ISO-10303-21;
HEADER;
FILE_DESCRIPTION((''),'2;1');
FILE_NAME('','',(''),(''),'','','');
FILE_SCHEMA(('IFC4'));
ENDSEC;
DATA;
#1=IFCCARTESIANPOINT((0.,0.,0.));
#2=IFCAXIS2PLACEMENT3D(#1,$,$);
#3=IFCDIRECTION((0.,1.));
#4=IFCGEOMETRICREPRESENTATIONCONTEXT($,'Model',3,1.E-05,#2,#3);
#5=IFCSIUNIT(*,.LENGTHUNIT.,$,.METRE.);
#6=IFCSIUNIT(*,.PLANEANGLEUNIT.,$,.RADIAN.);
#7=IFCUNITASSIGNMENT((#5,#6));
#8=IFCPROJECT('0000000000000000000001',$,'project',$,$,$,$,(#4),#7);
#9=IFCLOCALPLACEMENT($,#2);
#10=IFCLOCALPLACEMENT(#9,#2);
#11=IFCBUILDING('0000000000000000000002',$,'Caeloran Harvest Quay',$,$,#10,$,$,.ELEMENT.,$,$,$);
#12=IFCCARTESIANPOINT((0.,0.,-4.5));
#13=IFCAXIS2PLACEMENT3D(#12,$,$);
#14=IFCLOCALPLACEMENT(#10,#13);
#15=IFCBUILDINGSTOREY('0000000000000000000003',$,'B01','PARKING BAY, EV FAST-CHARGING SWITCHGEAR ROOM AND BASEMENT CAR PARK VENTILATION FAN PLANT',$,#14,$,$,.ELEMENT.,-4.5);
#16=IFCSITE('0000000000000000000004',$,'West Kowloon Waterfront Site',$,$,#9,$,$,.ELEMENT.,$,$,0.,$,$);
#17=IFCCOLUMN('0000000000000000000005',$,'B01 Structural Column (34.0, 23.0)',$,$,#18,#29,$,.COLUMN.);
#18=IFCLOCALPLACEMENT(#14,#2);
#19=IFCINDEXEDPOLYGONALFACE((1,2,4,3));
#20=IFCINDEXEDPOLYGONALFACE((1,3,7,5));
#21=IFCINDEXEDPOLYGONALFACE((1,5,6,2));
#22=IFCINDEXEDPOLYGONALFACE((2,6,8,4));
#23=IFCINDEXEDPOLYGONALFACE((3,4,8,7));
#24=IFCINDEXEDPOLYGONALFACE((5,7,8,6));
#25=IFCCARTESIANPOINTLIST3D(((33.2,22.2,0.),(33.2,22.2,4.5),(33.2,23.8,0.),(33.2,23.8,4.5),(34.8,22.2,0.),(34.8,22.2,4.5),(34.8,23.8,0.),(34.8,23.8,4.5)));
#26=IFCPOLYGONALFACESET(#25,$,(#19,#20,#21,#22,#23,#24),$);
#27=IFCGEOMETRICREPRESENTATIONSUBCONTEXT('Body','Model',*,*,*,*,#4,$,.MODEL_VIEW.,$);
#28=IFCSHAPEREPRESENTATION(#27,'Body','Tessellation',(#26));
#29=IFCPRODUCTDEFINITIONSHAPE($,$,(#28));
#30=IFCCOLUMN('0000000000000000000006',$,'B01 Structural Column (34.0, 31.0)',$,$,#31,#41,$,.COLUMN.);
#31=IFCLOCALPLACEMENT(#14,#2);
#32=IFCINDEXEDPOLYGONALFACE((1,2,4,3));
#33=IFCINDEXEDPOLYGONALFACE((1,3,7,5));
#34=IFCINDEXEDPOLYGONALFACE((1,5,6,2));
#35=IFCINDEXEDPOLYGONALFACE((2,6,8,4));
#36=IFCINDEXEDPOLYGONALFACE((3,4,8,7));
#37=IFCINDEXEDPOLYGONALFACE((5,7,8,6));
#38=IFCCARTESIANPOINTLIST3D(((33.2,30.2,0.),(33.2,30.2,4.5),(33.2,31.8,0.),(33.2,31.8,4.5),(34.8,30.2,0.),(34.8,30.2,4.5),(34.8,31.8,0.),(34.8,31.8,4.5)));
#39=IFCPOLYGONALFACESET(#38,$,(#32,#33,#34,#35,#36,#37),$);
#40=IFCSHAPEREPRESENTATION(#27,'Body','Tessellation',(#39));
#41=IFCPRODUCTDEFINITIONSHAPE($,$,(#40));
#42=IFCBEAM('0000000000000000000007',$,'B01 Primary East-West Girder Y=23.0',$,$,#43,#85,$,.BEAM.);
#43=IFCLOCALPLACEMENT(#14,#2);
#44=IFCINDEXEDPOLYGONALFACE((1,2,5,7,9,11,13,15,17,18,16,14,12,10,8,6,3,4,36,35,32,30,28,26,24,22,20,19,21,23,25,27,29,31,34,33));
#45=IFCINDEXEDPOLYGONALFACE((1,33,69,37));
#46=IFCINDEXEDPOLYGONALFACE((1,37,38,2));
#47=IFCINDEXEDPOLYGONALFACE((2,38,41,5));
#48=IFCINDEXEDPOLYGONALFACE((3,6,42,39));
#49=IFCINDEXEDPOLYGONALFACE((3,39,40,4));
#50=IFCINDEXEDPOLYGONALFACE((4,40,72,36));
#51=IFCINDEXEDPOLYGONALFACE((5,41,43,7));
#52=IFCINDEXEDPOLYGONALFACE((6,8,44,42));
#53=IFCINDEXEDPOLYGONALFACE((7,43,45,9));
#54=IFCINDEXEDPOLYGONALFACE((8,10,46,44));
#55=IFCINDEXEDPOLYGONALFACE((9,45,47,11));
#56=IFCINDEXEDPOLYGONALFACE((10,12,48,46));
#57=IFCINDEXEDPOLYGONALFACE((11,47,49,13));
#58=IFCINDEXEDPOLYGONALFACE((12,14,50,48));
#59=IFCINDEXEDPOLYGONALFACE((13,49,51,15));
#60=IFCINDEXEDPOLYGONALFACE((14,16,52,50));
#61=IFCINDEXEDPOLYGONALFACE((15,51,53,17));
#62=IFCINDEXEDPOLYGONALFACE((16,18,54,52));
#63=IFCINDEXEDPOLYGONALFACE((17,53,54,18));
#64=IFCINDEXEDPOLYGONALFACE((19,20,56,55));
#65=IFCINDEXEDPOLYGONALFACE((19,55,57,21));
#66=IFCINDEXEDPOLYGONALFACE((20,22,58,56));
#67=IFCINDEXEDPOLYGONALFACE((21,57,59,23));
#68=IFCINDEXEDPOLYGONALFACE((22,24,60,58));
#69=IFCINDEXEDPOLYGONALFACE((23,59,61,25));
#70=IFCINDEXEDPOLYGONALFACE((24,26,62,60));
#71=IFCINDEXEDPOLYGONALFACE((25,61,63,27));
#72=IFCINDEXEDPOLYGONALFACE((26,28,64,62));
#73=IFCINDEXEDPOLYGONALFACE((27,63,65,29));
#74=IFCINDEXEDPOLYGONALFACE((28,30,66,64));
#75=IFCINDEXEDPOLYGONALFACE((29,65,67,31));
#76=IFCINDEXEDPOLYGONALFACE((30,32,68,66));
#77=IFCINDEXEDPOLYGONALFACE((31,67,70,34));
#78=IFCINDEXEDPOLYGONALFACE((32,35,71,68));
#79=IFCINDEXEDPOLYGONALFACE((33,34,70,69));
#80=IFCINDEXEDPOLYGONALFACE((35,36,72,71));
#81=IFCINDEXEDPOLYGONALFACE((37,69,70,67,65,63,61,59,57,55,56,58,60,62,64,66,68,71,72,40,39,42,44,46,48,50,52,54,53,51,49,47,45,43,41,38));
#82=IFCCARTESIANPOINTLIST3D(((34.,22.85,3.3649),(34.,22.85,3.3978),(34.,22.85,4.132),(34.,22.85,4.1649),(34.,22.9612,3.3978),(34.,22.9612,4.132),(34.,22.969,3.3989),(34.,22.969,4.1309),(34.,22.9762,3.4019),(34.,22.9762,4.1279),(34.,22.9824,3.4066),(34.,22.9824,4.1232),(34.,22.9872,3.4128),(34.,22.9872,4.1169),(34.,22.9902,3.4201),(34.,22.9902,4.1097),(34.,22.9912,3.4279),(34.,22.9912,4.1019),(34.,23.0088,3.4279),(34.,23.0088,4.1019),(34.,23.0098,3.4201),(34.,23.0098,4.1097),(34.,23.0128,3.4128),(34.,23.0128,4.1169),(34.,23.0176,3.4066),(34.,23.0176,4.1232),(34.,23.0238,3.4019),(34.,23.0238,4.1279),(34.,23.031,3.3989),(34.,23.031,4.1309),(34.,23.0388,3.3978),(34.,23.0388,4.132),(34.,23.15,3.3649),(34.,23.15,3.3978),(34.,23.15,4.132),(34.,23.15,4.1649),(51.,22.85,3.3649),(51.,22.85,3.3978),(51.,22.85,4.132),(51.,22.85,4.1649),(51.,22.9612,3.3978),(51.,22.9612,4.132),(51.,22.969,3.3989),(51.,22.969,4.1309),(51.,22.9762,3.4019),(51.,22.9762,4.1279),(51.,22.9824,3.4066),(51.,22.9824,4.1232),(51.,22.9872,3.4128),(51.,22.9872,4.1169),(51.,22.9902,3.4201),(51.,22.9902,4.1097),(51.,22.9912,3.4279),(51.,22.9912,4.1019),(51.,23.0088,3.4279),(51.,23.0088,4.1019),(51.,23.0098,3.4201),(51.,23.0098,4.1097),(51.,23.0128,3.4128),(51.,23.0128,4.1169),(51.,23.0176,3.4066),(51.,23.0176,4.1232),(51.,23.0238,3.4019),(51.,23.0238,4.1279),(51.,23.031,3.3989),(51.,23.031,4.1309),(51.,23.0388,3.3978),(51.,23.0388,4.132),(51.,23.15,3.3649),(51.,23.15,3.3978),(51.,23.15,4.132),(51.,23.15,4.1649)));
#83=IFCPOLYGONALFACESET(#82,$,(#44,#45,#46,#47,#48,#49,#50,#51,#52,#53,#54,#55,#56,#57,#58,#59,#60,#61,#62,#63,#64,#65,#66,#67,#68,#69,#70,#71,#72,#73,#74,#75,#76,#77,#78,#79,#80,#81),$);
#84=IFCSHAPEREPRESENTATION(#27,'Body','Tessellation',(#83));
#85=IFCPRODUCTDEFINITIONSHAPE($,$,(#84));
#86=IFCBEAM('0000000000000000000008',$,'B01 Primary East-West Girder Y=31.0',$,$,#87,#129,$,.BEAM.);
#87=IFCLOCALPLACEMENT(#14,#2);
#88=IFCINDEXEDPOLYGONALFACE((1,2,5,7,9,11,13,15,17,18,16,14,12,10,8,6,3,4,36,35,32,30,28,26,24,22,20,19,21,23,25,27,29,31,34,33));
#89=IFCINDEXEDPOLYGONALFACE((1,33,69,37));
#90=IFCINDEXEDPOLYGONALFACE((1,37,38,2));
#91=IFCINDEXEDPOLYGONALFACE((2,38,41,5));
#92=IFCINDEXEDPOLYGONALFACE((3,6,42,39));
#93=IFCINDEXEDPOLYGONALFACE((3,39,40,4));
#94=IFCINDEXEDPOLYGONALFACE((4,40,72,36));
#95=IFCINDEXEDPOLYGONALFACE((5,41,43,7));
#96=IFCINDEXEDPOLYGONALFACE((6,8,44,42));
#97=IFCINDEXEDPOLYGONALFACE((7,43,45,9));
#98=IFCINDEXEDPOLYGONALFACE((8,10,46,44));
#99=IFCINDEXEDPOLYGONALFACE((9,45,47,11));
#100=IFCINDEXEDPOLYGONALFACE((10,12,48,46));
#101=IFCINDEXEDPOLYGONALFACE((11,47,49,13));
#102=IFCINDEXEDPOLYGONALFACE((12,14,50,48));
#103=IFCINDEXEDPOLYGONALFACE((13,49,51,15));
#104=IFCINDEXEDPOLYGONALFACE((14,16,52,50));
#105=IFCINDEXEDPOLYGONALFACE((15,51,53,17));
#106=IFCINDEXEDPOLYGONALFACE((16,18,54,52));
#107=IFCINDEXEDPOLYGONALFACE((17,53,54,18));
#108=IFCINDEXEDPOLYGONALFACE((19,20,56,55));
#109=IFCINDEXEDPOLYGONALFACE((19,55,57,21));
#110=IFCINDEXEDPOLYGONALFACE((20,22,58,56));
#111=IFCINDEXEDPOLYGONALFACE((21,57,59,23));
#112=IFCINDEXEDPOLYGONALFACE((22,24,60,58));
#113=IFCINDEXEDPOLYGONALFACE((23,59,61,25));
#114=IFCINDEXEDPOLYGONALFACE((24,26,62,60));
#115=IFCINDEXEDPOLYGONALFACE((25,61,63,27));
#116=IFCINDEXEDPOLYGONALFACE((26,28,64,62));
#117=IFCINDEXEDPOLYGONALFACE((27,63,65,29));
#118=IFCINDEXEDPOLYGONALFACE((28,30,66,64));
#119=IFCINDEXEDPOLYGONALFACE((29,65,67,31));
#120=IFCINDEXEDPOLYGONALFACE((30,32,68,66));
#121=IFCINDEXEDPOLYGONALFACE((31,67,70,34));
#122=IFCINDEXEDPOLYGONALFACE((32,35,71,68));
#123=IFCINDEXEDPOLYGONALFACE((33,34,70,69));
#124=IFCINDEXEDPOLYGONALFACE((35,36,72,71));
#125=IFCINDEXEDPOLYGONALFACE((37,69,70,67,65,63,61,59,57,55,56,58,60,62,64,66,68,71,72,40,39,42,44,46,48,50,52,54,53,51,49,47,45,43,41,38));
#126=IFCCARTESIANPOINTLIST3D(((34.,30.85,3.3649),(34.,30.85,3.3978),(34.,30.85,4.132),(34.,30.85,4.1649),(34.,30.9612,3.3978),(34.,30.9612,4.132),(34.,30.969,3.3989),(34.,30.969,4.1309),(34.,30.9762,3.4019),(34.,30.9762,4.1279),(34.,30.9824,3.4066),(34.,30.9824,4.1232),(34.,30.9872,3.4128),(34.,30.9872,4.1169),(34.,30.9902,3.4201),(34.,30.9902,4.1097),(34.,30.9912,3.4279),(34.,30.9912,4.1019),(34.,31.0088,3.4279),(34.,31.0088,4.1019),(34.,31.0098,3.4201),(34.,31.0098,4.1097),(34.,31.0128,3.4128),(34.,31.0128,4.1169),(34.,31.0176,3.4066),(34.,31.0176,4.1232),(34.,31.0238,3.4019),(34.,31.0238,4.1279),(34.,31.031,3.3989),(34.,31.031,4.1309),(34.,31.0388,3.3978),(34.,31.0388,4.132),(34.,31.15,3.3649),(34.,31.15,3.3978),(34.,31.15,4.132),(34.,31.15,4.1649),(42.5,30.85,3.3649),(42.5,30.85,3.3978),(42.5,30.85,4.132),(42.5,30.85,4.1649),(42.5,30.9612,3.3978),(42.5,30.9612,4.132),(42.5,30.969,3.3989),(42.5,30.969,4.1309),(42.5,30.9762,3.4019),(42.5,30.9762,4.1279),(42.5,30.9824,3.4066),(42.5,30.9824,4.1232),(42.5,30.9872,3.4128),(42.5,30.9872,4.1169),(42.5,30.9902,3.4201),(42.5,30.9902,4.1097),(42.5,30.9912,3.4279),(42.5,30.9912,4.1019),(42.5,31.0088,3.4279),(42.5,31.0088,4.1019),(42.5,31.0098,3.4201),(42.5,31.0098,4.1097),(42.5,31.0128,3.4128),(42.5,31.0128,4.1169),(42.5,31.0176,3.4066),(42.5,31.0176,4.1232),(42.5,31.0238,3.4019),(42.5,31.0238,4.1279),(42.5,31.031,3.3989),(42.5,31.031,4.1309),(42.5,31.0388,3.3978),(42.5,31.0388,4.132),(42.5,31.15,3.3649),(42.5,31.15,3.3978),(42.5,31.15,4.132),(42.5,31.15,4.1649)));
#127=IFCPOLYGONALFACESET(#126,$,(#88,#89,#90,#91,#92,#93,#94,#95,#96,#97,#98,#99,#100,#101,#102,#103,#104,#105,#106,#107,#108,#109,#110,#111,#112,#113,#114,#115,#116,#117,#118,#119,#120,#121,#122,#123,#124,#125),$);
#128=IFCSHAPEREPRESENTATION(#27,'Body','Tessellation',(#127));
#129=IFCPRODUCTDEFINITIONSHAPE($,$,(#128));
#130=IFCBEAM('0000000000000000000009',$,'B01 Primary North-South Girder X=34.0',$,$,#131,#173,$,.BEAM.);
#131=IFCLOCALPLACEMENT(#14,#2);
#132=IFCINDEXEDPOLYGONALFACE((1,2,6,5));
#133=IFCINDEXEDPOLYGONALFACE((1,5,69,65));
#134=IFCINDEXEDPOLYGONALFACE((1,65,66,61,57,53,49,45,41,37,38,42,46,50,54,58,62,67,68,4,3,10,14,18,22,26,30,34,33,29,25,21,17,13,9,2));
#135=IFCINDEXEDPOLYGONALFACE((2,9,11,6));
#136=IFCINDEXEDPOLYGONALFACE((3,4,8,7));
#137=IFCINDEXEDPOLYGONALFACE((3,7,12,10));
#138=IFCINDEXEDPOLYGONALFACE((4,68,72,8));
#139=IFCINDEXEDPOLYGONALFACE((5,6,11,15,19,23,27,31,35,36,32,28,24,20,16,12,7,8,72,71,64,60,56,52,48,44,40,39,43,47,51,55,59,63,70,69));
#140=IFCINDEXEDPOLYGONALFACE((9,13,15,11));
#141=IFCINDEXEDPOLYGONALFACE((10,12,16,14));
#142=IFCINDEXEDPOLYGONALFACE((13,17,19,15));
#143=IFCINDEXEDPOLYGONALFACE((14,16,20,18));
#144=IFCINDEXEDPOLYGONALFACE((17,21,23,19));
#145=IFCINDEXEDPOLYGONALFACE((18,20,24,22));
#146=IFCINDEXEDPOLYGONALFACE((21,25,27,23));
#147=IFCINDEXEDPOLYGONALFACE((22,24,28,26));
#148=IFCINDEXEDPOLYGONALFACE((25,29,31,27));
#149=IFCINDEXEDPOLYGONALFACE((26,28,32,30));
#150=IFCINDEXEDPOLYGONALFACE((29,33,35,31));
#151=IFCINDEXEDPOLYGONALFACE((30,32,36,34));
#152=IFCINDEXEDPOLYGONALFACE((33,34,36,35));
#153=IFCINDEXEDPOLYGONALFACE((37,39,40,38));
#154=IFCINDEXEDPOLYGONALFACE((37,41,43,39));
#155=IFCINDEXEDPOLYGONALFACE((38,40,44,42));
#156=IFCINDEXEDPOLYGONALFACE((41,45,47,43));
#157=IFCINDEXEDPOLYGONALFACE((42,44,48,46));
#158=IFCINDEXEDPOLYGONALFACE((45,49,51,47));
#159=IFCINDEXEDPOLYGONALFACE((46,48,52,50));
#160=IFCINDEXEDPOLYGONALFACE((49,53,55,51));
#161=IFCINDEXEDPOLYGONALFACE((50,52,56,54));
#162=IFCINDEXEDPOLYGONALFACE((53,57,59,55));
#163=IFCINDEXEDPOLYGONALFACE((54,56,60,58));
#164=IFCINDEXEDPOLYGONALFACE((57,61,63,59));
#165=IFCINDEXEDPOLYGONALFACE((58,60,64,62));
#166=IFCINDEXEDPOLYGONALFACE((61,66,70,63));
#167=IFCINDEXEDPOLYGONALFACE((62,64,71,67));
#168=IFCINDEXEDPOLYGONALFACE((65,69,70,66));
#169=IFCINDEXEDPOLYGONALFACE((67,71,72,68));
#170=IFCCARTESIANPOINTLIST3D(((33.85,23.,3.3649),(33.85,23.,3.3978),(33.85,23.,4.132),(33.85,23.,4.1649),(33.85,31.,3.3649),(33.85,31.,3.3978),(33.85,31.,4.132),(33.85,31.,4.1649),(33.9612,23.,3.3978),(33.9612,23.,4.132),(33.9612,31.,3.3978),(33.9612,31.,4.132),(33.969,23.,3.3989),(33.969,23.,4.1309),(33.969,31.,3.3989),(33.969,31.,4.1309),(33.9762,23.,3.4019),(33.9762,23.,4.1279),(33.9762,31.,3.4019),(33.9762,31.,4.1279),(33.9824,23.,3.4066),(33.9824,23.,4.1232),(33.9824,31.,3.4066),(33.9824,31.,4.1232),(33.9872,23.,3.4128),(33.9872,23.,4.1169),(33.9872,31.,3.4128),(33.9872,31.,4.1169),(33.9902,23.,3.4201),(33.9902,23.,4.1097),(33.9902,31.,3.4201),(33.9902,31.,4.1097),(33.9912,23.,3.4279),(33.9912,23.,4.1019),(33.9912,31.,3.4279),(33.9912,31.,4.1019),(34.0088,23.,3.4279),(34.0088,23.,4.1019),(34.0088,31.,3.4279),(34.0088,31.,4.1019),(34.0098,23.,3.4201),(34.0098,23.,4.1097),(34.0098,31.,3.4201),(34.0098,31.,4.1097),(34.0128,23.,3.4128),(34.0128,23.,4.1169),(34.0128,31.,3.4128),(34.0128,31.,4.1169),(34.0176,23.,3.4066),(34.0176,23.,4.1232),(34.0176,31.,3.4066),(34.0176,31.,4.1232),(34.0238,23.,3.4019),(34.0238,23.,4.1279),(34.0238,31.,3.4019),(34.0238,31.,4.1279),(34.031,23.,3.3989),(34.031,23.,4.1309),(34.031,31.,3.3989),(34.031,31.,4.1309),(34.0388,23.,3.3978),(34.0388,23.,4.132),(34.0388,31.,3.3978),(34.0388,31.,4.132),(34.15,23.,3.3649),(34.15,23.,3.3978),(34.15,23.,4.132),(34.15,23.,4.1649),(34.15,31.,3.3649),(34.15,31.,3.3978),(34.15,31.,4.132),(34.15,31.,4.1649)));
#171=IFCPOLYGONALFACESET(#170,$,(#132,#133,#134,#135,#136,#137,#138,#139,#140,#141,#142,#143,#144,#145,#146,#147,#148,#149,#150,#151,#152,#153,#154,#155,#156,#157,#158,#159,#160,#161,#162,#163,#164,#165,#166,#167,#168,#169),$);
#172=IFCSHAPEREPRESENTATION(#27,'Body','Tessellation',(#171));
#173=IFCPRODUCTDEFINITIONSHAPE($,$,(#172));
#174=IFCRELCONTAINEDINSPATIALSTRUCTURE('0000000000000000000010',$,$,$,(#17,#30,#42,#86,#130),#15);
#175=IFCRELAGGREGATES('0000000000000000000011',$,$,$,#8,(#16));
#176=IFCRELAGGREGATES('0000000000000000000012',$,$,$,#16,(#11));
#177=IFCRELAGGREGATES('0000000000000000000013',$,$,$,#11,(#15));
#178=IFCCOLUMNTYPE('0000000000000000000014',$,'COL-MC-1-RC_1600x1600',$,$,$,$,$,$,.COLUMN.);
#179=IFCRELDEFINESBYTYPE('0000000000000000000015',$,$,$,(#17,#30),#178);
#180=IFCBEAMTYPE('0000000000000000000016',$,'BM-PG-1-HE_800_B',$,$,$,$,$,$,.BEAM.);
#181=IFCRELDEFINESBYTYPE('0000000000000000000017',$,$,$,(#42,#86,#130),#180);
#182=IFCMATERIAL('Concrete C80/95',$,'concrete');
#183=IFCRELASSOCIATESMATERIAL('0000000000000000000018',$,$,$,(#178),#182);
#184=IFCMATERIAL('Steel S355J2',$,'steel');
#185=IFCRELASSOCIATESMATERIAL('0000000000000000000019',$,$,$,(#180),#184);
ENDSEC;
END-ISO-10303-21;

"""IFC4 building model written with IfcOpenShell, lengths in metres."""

from ifc_helpers import new_model, si_unit, direction, frame, origin, origin_2d, place, context, subcontext, project, spatial, rectangle, i_section, extrude, material, material_profile, profile_set, type_object, element, save


model = new_model("IFC4")

# Units and contexts
model_context = context("Model", 3, precision=1e-05, world=origin(), true_north=direction((0.0, 1.0)))
body_context = subcontext(model_context, "Body", "Model", "MODEL_VIEW")
ifc_project = project(units=[si_unit("LENGTHUNIT", "METRE"), si_unit("PLANEANGLEUNIT", "RADIAN")], contexts=[model_context])

# Site, building, storey
site_placement = place(None, origin())
site = spatial("IfcSite", under=ifc_project, at=site_placement, Name="West Kowloon Waterfront Site", CompositionType="ELEMENT", RefElevation=0.0)
building_placement = place(site_placement, origin())
building = spatial("IfcBuilding", under=site, at=building_placement, Name="Caeloran Harvest Quay", CompositionType="ELEMENT")
storey_placement = place(building_placement, frame((0.0, 0.0, -4.5)))
storey = spatial("IfcBuildingStorey", under=building, at=storey_placement, Name="B01", Description="PARKING BAY, EV FAST-CHARGING SWITCHGEAR ROOM AND BASEMENT CAR PARK VENTILATION FAN PLANT", CompositionType="ELEMENT", Elevation=-4.5)

# Columns
ifc_material_1 = material(Name="Concrete C80/95", Category="concrete")
ifc_material_profile_1 = material_profile(ifc_material_1, rectangle(XDim=1.6001, YDim=1.6001, at=origin_2d()), Name="RC 1600x1600")
ifc_profile_set_1 = profile_set([ifc_material_profile_1], Name="Concrete C80/95")
column_type = type_object("IfcColumnType", Name="COL-MC-1-RC_1600x1600", PredefinedType="COLUMN", material=ifc_profile_set_1)
for number, where, z_axis, x_axis, name in (
    (1, (34.0, 23.0, 0.0), (0.0, 0.0, 1.0), (1.0, 0.0, 0.0), "B01 Structural Column (34.0, 23.0)"),
    (2, (34.0, 31.0, 0.0), (0.0, 0.0, 1.0), (1.0, 0.0, 0.0), "B01 Structural Column (34.0, 31.0)"),
):
    element("IfcColumn", number, at=place(storey_placement, frame(where, z_axis=z_axis, x_axis=x_axis)), inside=storey, type_object=column_type, Name=name, PredefinedType="COLUMN", context=body_context, shape_type="SweptSolid", body=[
        extrude(rectangle(XDim=1.6001, YDim=1.6001, at=origin_2d()), origin(), (0.0, 0.0, 1.0), 4.5),
    ])

# Beams
ifc_material_2 = material(Name="Steel S355J2", Category="steel")
ifc_material_profile_2 = material_profile(ifc_material_2, i_section(OverallWidth=0.3, OverallDepth=0.8, WebThickness=0.0176, FlangeThickness=0.033, FilletRadius=0.03, at=origin_2d()), Name="HE 800 B")
ifc_profile_set_2 = profile_set([ifc_material_profile_2], Name="Steel S355J2")
beam_type_1 = type_object("IfcBeamType", Name="BM-PG-1-HE_800_B", PredefinedType="BEAM", material=ifc_profile_set_2)
beam_1_placement = place(storey_placement, frame((34.0, 23.0, 3.7649), z_axis=(1.0, 0.0, 0.0), x_axis=(0.0, 1.0, 0.0)))
element("IfcBeam", 3, at=beam_1_placement, inside=storey, type_object=beam_type_1, Name="B01 Primary East-West Girder Y=23.0", PredefinedType="BEAM", context=body_context, shape_type="SweptSolid", body=[
    extrude(i_section(OverallWidth=0.3, OverallDepth=0.8, WebThickness=0.0176, FlangeThickness=0.033, FilletRadius=0.03, at=origin_2d()), origin(), (0.0, 0.0, 1.0), 17.0),
])
beam_2_placement = place(storey_placement, frame((34.0, 31.0, 3.7649), z_axis=(1.0, 0.0, 0.0), x_axis=(0.0, 1.0, 0.0)))
element("IfcBeam", 4, at=beam_2_placement, inside=storey, type_object=beam_type_1, Name="B01 Primary East-West Girder Y=31.0", PredefinedType="BEAM", context=body_context, shape_type="SweptSolid", body=[
    extrude(i_section(OverallWidth=0.3, OverallDepth=0.8, WebThickness=0.0176, FlangeThickness=0.033, FilletRadius=0.03, at=origin_2d()), origin(), (0.0, 0.0, 1.0), 8.5),
])
beam_3_placement = place(storey_placement, frame((34.0, 23.0, 3.7649), z_axis=(0.0, 1.0, 0.0), x_axis=(-1.0, 0.0, 0.0)))
element("IfcBeam", 5, at=beam_3_placement, inside=storey, type_object=beam_type_1, Name="B01 Primary North-South Girder X=34.0", PredefinedType="BEAM", context=body_context, shape_type="SweptSolid", body=[
    extrude(i_section(OverallWidth=0.3, OverallDepth=0.8, WebThickness=0.0176, FlangeThickness=0.033, FilletRadius=0.03, at=origin_2d()), origin(), (0.0, 0.0, 1.0), 8.0),
])

save(model, "model.ifc")
